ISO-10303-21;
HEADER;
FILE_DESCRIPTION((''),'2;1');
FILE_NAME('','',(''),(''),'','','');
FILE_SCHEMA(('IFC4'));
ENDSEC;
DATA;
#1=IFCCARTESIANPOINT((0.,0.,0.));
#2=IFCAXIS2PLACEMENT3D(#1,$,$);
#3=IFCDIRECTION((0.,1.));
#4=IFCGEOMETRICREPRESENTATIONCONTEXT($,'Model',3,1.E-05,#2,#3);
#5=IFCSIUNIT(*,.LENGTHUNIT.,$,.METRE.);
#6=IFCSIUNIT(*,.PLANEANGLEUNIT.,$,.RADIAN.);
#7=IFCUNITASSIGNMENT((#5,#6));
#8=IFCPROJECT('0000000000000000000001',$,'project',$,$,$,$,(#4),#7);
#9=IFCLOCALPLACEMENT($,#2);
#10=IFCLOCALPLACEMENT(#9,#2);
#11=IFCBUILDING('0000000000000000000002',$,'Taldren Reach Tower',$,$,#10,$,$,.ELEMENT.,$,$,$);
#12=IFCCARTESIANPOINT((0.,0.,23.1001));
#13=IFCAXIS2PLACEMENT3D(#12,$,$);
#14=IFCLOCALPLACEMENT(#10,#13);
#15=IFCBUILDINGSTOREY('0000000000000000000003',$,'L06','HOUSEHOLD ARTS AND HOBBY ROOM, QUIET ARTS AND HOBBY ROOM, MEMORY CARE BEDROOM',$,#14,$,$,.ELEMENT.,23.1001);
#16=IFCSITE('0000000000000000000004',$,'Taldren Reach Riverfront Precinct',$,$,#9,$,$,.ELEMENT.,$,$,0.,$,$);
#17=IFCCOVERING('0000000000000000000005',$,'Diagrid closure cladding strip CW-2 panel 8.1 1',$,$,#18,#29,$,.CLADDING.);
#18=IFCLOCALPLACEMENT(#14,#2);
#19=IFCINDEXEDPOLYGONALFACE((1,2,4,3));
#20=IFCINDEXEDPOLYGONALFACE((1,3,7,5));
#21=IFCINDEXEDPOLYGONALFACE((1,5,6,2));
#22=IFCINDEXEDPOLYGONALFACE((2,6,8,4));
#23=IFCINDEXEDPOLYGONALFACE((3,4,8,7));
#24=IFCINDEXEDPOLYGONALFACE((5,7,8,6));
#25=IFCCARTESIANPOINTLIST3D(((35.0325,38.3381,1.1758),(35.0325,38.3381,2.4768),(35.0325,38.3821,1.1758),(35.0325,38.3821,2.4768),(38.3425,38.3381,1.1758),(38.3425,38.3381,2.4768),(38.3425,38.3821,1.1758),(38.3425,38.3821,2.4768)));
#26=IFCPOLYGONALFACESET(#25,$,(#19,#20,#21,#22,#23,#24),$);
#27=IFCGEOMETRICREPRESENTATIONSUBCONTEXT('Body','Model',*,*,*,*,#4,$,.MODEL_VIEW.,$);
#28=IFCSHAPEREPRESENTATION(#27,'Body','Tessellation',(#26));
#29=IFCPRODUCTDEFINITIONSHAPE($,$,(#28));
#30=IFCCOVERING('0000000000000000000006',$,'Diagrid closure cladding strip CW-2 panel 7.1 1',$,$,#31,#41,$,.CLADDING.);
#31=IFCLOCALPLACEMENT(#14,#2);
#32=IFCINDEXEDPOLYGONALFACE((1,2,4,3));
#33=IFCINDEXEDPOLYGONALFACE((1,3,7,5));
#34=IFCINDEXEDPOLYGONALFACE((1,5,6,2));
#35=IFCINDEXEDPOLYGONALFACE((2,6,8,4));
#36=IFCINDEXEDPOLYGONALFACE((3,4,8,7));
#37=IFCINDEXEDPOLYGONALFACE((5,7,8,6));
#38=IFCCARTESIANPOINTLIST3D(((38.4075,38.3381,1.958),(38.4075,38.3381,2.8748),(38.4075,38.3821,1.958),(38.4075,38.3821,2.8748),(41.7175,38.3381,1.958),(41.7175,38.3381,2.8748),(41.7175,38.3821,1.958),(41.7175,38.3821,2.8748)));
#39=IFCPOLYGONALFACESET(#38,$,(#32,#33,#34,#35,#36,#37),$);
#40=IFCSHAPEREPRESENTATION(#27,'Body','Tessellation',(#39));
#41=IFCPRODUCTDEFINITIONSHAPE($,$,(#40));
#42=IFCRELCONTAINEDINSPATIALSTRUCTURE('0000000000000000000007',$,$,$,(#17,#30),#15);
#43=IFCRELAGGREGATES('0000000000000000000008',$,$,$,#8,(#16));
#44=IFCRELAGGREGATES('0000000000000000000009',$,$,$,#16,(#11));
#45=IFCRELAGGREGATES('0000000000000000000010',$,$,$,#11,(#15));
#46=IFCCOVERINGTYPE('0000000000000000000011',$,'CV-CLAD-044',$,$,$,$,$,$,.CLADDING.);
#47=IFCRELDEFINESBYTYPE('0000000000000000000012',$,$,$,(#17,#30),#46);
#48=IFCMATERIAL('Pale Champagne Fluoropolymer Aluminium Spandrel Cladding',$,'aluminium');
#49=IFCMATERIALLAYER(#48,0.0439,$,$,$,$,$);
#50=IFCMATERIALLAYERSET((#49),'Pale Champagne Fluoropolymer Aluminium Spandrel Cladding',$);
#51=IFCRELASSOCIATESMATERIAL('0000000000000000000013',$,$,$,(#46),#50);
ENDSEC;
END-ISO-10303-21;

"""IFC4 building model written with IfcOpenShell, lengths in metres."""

from ifc_helpers import new_model, si_unit, direction, frame, origin, origin_2d, place, context, subcontext, project, spatial, rectangle, extrude, source, transform, mapped, material, layer, layer_set, type_object, element, save


model = new_model("IFC4")

# Units and contexts
model_context = context("Model", 3, precision=1e-05, world=origin(), true_north=direction((0.0, 1.0)))
body_context = subcontext(model_context, "Body", "Model", "MODEL_VIEW")
ifc_project = project(units=[si_unit("LENGTHUNIT", "METRE"), si_unit("PLANEANGLEUNIT", "RADIAN")], contexts=[model_context])

# Site, building, storey
site_placement = place(None, origin())
site = spatial("IfcSite", under=ifc_project, at=site_placement, Name="Taldren Reach Riverfront Precinct", CompositionType="ELEMENT", RefElevation=0.0)
building_placement = place(site_placement, origin())
building = spatial("IfcBuilding", under=site, at=building_placement, Name="Taldren Reach Tower", CompositionType="ELEMENT")
storey_placement = place(building_placement, frame((0.0, 0.0, 23.1001)))
storey = spatial("IfcBuildingStorey", under=building, at=storey_placement, Name="L06", Description="HOUSEHOLD ARTS AND HOBBY ROOM, QUIET ARTS AND HOBBY ROOM, MEMORY CARE BEDROOM", CompositionType="ELEMENT", Elevation=23.1001)

# Coverings
ifc_material_1 = material(Name="Pale Champagne Fluoropolymer Aluminium Spandrel Cladding", Category="aluminium")
ifc_layer_1 = layer(ifc_material_1, 0.0439)
ifc_layer_set_1 = layer_set([ifc_layer_1], Name="Pale Champagne Fluoropolymer Aluminium Spandrel Cladding")
covering_type = type_object("IfcCoveringType", Name="CV-CLAD-044", PredefinedType="CLADDING", material=ifc_layer_set_1)
shared_shape_1 = source(origin(), body_context, "Body", "SweptSolid", [
    extrude(rectangle(XDim=3.3101, YDim=0.0439, at=origin_2d()), origin(), (0.0, 0.0, 1.0), 1.301),
])
covering_1_placement = place(storey_placement, frame((36.6875, 38.3601, 1.1758), z_axis=(0.0, 0.0, 1.0), x_axis=(-1.0, 0.0, 0.0)))
element("IfcCovering", 1, at=covering_1_placement, inside=storey, type_object=covering_type, Name="Diagrid closure cladding strip CW-2 panel 8.1 1", PredefinedType="CLADDING", context=body_context, shape_type="MappedRepresentation", body=[
    mapped(shared_shape_1, transform((0.0, 0.0, 0.0), scale=1.0)),
])
shared_shape_2 = source(origin(), body_context, "Body", "SweptSolid", [
    extrude(rectangle(XDim=3.3101, YDim=0.0439, at=origin_2d()), origin(), (0.0, 0.0, 1.0), 0.9167),
])
covering_2_placement = place(storey_placement, frame((40.0625, 38.3601, 1.958), z_axis=(0.0, 0.0, 1.0), x_axis=(-1.0, 0.0, 0.0)))
element("IfcCovering", 2, at=covering_2_placement, inside=storey, type_object=covering_type, Name="Diagrid closure cladding strip CW-2 panel 7.1 1", PredefinedType="CLADDING", context=body_context, shape_type="MappedRepresentation", body=[
    mapped(shared_shape_2, transform((0.0, 0.0, 0.0), scale=1.0)),
])

save(model, "model.ifc")
